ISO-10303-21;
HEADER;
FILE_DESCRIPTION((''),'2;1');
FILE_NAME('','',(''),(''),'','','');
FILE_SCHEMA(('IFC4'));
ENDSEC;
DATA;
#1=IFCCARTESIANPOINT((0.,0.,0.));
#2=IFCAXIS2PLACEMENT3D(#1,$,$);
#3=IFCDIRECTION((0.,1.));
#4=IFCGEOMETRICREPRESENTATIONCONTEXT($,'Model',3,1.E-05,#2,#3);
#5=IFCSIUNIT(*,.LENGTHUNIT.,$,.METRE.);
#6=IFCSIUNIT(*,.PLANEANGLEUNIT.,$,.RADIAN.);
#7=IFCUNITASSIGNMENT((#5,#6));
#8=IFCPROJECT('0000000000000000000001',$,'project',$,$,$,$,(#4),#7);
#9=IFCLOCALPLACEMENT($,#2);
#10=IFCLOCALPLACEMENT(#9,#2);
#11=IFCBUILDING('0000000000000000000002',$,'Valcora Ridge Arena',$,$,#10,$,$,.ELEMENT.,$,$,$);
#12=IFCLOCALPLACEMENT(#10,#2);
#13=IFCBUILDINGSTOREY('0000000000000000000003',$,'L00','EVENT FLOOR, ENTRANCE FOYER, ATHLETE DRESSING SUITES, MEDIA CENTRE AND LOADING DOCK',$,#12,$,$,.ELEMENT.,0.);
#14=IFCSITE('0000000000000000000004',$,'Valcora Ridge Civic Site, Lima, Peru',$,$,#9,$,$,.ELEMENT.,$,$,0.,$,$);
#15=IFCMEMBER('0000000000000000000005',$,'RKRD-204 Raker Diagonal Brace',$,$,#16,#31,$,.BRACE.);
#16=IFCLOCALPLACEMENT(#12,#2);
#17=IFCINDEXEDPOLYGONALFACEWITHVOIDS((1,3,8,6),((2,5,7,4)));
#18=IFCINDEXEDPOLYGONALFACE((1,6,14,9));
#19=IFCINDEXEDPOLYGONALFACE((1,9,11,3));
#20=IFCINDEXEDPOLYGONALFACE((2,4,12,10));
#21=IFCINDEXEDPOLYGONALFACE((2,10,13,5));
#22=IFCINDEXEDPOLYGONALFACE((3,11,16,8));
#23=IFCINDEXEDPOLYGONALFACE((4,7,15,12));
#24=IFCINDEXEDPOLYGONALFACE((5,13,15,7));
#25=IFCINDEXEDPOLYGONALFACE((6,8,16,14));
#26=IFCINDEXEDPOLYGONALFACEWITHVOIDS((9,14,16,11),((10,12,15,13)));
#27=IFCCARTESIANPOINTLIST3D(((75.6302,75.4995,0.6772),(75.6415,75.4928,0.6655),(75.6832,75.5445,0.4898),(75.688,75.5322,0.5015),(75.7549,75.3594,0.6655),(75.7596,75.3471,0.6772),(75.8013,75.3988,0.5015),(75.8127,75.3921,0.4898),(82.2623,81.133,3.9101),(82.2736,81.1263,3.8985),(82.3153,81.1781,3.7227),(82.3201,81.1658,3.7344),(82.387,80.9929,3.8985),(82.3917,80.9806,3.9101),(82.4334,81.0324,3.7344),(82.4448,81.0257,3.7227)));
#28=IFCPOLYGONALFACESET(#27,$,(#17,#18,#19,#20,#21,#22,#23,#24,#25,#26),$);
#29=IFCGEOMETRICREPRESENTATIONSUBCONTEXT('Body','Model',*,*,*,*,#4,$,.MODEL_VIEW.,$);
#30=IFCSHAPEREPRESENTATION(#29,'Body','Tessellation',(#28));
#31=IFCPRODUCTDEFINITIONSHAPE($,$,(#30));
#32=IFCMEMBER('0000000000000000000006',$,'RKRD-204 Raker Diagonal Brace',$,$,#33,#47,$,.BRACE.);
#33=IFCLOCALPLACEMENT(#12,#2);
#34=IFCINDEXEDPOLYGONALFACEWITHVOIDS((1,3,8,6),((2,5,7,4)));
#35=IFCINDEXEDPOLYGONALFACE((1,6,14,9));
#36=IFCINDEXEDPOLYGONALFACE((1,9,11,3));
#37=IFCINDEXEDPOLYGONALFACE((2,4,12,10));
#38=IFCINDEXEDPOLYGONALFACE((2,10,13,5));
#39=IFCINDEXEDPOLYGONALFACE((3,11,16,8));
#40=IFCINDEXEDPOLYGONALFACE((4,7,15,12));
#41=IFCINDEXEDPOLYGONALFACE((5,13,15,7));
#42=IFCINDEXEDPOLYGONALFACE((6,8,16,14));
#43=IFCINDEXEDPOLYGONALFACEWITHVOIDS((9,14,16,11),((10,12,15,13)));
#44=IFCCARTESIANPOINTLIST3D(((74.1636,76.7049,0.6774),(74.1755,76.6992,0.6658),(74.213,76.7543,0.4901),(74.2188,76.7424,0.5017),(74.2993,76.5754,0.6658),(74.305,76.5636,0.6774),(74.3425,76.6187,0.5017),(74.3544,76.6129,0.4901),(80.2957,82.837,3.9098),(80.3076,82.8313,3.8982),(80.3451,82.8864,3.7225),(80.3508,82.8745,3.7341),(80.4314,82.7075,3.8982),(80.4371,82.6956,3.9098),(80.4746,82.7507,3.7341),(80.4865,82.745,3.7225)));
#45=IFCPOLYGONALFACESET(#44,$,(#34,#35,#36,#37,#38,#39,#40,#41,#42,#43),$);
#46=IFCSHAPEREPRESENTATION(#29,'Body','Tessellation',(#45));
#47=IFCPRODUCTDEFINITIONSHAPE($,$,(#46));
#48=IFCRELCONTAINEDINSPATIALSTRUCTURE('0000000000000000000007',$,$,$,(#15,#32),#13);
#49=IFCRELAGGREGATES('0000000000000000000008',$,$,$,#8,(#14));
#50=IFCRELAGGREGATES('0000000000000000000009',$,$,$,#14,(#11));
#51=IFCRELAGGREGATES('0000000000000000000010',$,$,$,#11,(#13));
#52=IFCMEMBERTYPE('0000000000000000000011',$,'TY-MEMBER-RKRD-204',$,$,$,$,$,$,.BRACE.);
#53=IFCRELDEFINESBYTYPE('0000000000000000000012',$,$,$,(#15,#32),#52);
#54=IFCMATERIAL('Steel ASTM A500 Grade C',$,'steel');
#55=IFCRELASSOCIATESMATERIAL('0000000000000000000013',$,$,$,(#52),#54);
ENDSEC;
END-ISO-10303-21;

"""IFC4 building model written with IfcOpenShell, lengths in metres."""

from ifc_helpers import new_model, si_unit, direction, frame, origin, origin_2d, place, context, subcontext, project, spatial, hollow_rectangle, extrude, material, material_profile, profile_set, type_object, element, save


model = new_model("IFC4")

# Units and contexts
model_context = context("Model", 3, precision=1e-05, world=origin(), true_north=direction((0.0, 1.0)))
body_context = subcontext(model_context, "Body", "Model", "MODEL_VIEW")
ifc_project = project(units=[si_unit("LENGTHUNIT", "METRE"), si_unit("PLANEANGLEUNIT", "RADIAN")], contexts=[model_context])

# Site, building, storey
site_placement = place(None, origin())
site = spatial("IfcSite", under=ifc_project, at=site_placement, Name="Valcora Ridge Civic Site, Lima, Peru", CompositionType="ELEMENT", RefElevation=0.0)
building_placement = place(site_placement, origin())
building = spatial("IfcBuilding", under=site, at=building_placement, Name="Valcora Ridge Arena", CompositionType="ELEMENT")
storey_placement = place(building_placement, origin())
storey = spatial("IfcBuildingStorey", under=building, at=storey_placement, Name="L00", Description="EVENT FLOOR, ENTRANCE FOYER, ATHLETE DRESSING SUITES, MEDIA CENTRE AND LOADING DOCK", CompositionType="ELEMENT", Elevation=0.0)

# Members
ifc_material_1 = material(Name="Steel ASTM A500 Grade C", Category="steel")
ifc_material_profile_1 = material_profile(ifc_material_1, hollow_rectangle(XDim=0.2, YDim=0.2, WallThickness=0.0125, at=origin_2d()), Name="HSS200X200X12")
ifc_profile_set_1 = profile_set([ifc_material_profile_1], Name="Steel ASTM A500 Grade C")
member_type_1 = type_object("IfcMemberType", Name="TY-MEMBER-RKRD-204", PredefinedType="BRACE", material=ifc_profile_set_1)
member_1_placement = place(storey_placement, frame((75.7214, 75.4458, 0.5835), z_axis=(0.714437, 0.606871, 0.348264), x_axis=(-0.6474, 0.76215, 0.0)))
element("IfcMember", 1, at=member_1_placement, inside=storey, type_object=member_type_1, Name="RKRD-204 Raker Diagonal Brace", PredefinedType="BRACE", context=body_context, shape_type="SweptSolid", body=[
    extrude(hollow_rectangle(XDim=0.2, YDim=0.2, WallThickness=0.0125, at=origin_2d()), origin(), (0.0, 0.0, 1.0), 9.283),
])
member_2_placement = place(storey_placement, frame((74.259, 76.6589, 0.5837), z_axis=(0.662576, 0.662576, 0.349266), x_axis=(-0.707107, 0.707107, 0.0)))
element("IfcMember", 2, at=member_2_placement, inside=storey, type_object=member_type_1, Name="RKRD-204 Raker Diagonal Brace", PredefinedType="BRACE", context=body_context, shape_type="SweptSolid", body=[
    extrude(hollow_rectangle(XDim=0.2, YDim=0.2, WallThickness=0.0125, at=origin_2d()), origin(), (0.0, 0.0, 1.0), 9.2549),
])

save(model, "model.ifc")
